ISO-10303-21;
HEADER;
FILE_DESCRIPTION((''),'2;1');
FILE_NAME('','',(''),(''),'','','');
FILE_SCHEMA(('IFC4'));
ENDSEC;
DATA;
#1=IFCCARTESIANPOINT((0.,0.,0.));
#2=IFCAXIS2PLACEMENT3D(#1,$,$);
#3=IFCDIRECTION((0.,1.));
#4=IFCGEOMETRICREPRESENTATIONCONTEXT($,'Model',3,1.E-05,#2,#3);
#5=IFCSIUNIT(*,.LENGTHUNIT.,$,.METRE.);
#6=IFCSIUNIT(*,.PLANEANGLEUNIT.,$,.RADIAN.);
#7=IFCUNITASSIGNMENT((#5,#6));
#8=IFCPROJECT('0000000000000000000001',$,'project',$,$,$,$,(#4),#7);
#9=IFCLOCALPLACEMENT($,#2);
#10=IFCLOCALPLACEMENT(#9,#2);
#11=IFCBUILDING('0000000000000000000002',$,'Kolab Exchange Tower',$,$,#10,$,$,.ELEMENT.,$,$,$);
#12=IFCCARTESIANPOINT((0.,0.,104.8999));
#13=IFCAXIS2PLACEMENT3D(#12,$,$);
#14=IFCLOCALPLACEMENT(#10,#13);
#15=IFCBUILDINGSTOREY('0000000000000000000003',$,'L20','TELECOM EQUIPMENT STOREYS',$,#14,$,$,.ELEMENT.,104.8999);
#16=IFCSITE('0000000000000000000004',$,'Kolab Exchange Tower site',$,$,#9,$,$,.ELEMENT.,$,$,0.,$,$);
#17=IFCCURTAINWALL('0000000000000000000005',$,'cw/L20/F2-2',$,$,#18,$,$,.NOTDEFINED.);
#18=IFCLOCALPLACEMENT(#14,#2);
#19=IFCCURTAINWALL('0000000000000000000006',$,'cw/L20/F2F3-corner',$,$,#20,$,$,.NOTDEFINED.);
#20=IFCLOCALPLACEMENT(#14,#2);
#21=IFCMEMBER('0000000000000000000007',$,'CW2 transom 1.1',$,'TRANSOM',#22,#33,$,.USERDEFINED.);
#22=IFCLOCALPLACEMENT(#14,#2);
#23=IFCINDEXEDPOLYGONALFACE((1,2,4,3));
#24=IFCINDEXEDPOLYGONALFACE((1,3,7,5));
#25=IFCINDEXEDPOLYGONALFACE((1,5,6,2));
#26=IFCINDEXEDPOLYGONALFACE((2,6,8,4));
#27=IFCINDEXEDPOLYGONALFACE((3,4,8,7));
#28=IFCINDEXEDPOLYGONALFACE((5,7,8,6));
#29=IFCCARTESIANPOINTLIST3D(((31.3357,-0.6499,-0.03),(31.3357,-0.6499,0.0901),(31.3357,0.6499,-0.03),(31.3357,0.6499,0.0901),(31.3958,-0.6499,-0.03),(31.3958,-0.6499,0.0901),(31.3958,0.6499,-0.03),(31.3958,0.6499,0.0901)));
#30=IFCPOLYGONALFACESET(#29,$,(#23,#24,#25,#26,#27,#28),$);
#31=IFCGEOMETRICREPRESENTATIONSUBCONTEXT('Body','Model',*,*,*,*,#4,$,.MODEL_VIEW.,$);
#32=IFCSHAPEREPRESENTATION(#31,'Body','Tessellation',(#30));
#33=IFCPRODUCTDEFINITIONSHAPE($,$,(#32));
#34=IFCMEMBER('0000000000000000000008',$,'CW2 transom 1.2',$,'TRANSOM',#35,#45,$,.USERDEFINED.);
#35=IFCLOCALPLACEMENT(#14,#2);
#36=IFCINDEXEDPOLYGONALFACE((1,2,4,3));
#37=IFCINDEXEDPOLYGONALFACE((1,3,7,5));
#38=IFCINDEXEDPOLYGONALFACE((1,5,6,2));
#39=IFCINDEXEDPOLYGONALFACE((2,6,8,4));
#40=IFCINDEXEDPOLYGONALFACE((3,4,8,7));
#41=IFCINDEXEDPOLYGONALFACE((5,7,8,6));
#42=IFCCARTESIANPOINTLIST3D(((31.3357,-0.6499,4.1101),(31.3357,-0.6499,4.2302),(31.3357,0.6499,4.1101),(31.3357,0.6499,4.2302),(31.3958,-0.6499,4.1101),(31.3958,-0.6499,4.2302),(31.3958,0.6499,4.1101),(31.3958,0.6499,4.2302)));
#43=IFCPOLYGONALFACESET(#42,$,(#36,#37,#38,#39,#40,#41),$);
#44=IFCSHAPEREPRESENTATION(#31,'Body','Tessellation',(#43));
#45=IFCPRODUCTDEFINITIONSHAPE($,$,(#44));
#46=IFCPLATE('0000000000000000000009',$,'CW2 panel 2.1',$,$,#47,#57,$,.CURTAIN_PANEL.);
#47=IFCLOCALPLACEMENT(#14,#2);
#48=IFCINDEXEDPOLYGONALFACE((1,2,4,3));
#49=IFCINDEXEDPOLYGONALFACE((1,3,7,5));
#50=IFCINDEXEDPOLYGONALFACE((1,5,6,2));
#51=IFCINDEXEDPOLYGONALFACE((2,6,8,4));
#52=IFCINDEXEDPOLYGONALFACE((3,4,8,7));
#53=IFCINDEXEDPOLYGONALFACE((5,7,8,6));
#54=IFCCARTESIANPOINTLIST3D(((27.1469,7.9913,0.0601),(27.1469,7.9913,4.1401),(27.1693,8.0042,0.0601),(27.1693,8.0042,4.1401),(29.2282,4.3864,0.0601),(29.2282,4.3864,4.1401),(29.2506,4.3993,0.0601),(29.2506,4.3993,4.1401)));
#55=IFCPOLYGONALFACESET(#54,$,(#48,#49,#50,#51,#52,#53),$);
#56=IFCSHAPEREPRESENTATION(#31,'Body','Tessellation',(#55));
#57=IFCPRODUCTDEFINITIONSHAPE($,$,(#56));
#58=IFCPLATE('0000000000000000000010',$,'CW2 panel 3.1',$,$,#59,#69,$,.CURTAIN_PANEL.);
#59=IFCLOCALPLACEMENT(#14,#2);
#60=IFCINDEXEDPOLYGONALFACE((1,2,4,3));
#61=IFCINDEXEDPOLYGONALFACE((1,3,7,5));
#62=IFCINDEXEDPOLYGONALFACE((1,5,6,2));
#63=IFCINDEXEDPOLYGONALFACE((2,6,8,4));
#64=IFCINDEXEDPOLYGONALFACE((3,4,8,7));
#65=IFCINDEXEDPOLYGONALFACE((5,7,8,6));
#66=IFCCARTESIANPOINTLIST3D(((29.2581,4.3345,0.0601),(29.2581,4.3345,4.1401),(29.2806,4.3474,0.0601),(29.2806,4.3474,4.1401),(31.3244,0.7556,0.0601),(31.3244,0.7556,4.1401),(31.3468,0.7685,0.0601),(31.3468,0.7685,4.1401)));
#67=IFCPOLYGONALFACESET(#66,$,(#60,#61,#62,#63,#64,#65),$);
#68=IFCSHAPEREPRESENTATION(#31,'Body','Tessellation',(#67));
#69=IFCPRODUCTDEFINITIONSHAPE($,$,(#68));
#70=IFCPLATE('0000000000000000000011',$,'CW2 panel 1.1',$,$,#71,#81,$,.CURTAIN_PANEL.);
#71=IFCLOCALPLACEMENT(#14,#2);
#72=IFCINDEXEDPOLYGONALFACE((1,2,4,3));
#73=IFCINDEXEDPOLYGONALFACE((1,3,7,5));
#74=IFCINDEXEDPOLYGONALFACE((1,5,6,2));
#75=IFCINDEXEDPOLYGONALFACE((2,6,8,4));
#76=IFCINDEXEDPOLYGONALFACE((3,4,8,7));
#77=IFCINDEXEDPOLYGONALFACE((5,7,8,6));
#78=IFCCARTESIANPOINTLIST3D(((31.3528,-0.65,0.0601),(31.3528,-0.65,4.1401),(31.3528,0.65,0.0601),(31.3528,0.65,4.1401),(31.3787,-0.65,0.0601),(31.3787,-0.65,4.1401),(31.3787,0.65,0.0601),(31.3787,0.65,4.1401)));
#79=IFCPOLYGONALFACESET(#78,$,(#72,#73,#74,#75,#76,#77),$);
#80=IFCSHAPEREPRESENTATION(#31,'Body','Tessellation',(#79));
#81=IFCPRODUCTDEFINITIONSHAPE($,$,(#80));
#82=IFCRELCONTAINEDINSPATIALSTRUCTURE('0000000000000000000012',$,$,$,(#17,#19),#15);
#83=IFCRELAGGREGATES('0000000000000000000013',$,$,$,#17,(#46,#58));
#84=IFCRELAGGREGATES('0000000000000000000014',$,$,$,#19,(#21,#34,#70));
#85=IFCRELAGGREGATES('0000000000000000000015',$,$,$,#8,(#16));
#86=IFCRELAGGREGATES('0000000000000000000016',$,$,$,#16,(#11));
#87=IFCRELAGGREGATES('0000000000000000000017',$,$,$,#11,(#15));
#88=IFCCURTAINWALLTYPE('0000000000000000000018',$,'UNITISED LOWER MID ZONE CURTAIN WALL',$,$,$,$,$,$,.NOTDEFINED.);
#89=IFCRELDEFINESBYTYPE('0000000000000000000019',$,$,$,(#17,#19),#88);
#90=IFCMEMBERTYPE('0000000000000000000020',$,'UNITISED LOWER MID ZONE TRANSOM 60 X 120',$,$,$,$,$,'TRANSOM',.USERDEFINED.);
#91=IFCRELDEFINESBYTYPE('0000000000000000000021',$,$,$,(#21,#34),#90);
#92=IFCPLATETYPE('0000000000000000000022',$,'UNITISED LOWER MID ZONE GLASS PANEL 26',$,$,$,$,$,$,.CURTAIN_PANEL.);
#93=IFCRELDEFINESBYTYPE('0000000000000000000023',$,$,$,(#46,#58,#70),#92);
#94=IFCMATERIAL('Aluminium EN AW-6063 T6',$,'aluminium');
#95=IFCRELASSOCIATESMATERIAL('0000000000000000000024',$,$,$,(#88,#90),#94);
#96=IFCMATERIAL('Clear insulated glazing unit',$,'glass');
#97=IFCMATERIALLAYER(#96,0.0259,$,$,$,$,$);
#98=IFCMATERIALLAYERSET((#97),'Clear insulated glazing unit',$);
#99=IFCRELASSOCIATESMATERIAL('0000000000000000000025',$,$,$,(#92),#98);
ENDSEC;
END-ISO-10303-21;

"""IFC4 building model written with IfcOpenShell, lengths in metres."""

from ifc_helpers import new_model, si_unit, direction, frame, origin, origin_2d, place, context, subcontext, project, spatial, rectangle, extrude, material, layer, layer_set, material_profile, profile_set, type_object, element, aggregate, save


model = new_model("IFC4")

# Units and contexts
model_context = context("Model", 3, precision=1e-05, world=origin(), true_north=direction((0.0, 1.0)))
body_context = subcontext(model_context, "Body", "Model", "MODEL_VIEW")
ifc_project = project(units=[si_unit("LENGTHUNIT", "METRE"), si_unit("PLANEANGLEUNIT", "RADIAN")], contexts=[model_context])

# Site, building, storey
site_placement = place(None, origin())
site = spatial("IfcSite", under=ifc_project, at=site_placement, Name="Kolab Exchange Tower site", CompositionType="ELEMENT", RefElevation=0.0)
building_placement = place(site_placement, origin())
building = spatial("IfcBuilding", under=site, at=building_placement, Name="Kolab Exchange Tower", CompositionType="ELEMENT")
storey_placement = place(building_placement, frame((0.0, 0.0, 104.8999)))
storey = spatial("IfcBuildingStorey", under=building, at=storey_placement, Name="L20", Description="TELECOM EQUIPMENT STOREYS", CompositionType="ELEMENT", Elevation=104.8999)

# Curtain wall
ifc_material_1 = material(Name="Aluminium EN AW-6063 T6", Category="aluminium")
curtain_wall_type = type_object("IfcCurtainWallType", Name="UNITISED LOWER MID ZONE CURTAIN WALL", PredefinedType="NOTDEFINED", material=ifc_material_1)
curtain_wall_1_placement = place(storey_placement, origin())
curtain_wall_1 = element("IfcCurtainWall", 1, at=curtain_wall_1_placement, inside=storey, type_object=curtain_wall_type, Name="cw/L20/F2-2", PredefinedType="NOTDEFINED")

# Curtain wall
curtain_wall_2_placement = place(storey_placement, origin())
curtain_wall_2 = element("IfcCurtainWall", 2, at=curtain_wall_2_placement, inside=storey, type_object=curtain_wall_type, Name="cw/L20/F2F3-corner", PredefinedType="NOTDEFINED")

# Members
ifc_material_profile_1 = material_profile(ifc_material_1, rectangle(XDim=0.0601, YDim=0.1201, at=origin_2d()), Name="RECT 60X120")
ifc_profile_set_1 = profile_set([ifc_material_profile_1], Name="Aluminium EN AW-6063 T6")
member_type_1 = type_object("IfcMemberType", Name="UNITISED LOWER MID ZONE TRANSOM 60 X 120", ElementType="TRANSOM", PredefinedType="USERDEFINED", material=ifc_profile_set_1)
member_1_placement = place(storey_placement, frame((31.3657, 0.6499, 0.03), z_axis=(0.0, -1.0, 0.0), x_axis=(1.0, 0.0, 0.0)))
member_1 = element("IfcMember", 3, at=member_1_placement, type_object=member_type_1, Name="CW2 transom 1.1", ObjectType="TRANSOM", PredefinedType="USERDEFINED", context=body_context, shape_type="SweptSolid", body=[
    extrude(rectangle(XDim=0.0601, YDim=0.1201, at=origin_2d()), origin(), (0.0, 0.0, 1.0), 1.2998),
])
member_2_placement = place(storey_placement, frame((31.3657, 0.6499, 4.1702), z_axis=(0.0, -1.0, 0.0), x_axis=(1.0, 0.0, 0.0)))
member_2 = element("IfcMember", 4, at=member_2_placement, type_object=member_type_1, Name="CW2 transom 1.2", ObjectType="TRANSOM", PredefinedType="USERDEFINED", context=body_context, shape_type="SweptSolid", body=[
    extrude(rectangle(XDim=0.0601, YDim=0.1201, at=origin_2d()), origin(), (0.0, 0.0, 1.0), 1.2998),
])

# Plates
ifc_material_2 = material(Name="Clear insulated glazing unit", Category="glass")
ifc_layer = layer(ifc_material_2, 0.0259)
ifc_layer_set = layer_set([ifc_layer], Name="Clear insulated glazing unit")
plate_type = type_object("IfcPlateType", Name="UNITISED LOWER MID ZONE GLASS PANEL 26", PredefinedType="CURTAIN_PANEL", material=ifc_layer_set)
plate_1_placement = place(storey_placement, frame((28.1987, 6.1953, 0.0601), z_axis=(0.0, 0.0, 1.0), x_axis=(0.5, -0.866025, 0.0)))
plate_1 = element("IfcPlate", 5, at=plate_1_placement, type_object=plate_type, Name="CW2 panel 2.1", PredefinedType="CURTAIN_PANEL", context=body_context, shape_type="SweptSolid", body=[
    extrude(rectangle(XDim=4.1626, YDim=0.0259, at=origin_2d()), origin(), (0.0, 0.0, 1.0), 4.0801),
])
plate_2_placement = place(storey_placement, frame((30.3025, 2.5515, 0.0601), z_axis=(0.0, 0.0, 1.0), x_axis=(0.5, -0.866025, 0.0)))
plate_2 = element("IfcPlate", 6, at=plate_2_placement, type_object=plate_type, Name="CW2 panel 3.1", PredefinedType="CURTAIN_PANEL", context=body_context, shape_type="SweptSolid", body=[
    extrude(rectangle(XDim=4.1326, YDim=0.0259, at=origin_2d()), origin(), (0.0, 0.0, 1.0), 4.0801),
])
aggregate(curtain_wall_1, [plate_1, plate_2])
plate_3_placement = place(storey_placement, frame((31.3657, 0.0, 0.0601), z_axis=(0.0, 0.0, 1.0), x_axis=(0.0, -1.0, 0.0)))
plate_3 = element("IfcPlate", 7, at=plate_3_placement, type_object=plate_type, Name="CW2 panel 1.1", PredefinedType="CURTAIN_PANEL", context=body_context, shape_type="SweptSolid", body=[
    extrude(rectangle(XDim=1.3, YDim=0.0259, at=origin_2d()), origin(), (0.0, 0.0, 1.0), 4.0801),
])
aggregate(curtain_wall_2, [member_1, member_2, plate_3])

save(model, "model.ifc")
